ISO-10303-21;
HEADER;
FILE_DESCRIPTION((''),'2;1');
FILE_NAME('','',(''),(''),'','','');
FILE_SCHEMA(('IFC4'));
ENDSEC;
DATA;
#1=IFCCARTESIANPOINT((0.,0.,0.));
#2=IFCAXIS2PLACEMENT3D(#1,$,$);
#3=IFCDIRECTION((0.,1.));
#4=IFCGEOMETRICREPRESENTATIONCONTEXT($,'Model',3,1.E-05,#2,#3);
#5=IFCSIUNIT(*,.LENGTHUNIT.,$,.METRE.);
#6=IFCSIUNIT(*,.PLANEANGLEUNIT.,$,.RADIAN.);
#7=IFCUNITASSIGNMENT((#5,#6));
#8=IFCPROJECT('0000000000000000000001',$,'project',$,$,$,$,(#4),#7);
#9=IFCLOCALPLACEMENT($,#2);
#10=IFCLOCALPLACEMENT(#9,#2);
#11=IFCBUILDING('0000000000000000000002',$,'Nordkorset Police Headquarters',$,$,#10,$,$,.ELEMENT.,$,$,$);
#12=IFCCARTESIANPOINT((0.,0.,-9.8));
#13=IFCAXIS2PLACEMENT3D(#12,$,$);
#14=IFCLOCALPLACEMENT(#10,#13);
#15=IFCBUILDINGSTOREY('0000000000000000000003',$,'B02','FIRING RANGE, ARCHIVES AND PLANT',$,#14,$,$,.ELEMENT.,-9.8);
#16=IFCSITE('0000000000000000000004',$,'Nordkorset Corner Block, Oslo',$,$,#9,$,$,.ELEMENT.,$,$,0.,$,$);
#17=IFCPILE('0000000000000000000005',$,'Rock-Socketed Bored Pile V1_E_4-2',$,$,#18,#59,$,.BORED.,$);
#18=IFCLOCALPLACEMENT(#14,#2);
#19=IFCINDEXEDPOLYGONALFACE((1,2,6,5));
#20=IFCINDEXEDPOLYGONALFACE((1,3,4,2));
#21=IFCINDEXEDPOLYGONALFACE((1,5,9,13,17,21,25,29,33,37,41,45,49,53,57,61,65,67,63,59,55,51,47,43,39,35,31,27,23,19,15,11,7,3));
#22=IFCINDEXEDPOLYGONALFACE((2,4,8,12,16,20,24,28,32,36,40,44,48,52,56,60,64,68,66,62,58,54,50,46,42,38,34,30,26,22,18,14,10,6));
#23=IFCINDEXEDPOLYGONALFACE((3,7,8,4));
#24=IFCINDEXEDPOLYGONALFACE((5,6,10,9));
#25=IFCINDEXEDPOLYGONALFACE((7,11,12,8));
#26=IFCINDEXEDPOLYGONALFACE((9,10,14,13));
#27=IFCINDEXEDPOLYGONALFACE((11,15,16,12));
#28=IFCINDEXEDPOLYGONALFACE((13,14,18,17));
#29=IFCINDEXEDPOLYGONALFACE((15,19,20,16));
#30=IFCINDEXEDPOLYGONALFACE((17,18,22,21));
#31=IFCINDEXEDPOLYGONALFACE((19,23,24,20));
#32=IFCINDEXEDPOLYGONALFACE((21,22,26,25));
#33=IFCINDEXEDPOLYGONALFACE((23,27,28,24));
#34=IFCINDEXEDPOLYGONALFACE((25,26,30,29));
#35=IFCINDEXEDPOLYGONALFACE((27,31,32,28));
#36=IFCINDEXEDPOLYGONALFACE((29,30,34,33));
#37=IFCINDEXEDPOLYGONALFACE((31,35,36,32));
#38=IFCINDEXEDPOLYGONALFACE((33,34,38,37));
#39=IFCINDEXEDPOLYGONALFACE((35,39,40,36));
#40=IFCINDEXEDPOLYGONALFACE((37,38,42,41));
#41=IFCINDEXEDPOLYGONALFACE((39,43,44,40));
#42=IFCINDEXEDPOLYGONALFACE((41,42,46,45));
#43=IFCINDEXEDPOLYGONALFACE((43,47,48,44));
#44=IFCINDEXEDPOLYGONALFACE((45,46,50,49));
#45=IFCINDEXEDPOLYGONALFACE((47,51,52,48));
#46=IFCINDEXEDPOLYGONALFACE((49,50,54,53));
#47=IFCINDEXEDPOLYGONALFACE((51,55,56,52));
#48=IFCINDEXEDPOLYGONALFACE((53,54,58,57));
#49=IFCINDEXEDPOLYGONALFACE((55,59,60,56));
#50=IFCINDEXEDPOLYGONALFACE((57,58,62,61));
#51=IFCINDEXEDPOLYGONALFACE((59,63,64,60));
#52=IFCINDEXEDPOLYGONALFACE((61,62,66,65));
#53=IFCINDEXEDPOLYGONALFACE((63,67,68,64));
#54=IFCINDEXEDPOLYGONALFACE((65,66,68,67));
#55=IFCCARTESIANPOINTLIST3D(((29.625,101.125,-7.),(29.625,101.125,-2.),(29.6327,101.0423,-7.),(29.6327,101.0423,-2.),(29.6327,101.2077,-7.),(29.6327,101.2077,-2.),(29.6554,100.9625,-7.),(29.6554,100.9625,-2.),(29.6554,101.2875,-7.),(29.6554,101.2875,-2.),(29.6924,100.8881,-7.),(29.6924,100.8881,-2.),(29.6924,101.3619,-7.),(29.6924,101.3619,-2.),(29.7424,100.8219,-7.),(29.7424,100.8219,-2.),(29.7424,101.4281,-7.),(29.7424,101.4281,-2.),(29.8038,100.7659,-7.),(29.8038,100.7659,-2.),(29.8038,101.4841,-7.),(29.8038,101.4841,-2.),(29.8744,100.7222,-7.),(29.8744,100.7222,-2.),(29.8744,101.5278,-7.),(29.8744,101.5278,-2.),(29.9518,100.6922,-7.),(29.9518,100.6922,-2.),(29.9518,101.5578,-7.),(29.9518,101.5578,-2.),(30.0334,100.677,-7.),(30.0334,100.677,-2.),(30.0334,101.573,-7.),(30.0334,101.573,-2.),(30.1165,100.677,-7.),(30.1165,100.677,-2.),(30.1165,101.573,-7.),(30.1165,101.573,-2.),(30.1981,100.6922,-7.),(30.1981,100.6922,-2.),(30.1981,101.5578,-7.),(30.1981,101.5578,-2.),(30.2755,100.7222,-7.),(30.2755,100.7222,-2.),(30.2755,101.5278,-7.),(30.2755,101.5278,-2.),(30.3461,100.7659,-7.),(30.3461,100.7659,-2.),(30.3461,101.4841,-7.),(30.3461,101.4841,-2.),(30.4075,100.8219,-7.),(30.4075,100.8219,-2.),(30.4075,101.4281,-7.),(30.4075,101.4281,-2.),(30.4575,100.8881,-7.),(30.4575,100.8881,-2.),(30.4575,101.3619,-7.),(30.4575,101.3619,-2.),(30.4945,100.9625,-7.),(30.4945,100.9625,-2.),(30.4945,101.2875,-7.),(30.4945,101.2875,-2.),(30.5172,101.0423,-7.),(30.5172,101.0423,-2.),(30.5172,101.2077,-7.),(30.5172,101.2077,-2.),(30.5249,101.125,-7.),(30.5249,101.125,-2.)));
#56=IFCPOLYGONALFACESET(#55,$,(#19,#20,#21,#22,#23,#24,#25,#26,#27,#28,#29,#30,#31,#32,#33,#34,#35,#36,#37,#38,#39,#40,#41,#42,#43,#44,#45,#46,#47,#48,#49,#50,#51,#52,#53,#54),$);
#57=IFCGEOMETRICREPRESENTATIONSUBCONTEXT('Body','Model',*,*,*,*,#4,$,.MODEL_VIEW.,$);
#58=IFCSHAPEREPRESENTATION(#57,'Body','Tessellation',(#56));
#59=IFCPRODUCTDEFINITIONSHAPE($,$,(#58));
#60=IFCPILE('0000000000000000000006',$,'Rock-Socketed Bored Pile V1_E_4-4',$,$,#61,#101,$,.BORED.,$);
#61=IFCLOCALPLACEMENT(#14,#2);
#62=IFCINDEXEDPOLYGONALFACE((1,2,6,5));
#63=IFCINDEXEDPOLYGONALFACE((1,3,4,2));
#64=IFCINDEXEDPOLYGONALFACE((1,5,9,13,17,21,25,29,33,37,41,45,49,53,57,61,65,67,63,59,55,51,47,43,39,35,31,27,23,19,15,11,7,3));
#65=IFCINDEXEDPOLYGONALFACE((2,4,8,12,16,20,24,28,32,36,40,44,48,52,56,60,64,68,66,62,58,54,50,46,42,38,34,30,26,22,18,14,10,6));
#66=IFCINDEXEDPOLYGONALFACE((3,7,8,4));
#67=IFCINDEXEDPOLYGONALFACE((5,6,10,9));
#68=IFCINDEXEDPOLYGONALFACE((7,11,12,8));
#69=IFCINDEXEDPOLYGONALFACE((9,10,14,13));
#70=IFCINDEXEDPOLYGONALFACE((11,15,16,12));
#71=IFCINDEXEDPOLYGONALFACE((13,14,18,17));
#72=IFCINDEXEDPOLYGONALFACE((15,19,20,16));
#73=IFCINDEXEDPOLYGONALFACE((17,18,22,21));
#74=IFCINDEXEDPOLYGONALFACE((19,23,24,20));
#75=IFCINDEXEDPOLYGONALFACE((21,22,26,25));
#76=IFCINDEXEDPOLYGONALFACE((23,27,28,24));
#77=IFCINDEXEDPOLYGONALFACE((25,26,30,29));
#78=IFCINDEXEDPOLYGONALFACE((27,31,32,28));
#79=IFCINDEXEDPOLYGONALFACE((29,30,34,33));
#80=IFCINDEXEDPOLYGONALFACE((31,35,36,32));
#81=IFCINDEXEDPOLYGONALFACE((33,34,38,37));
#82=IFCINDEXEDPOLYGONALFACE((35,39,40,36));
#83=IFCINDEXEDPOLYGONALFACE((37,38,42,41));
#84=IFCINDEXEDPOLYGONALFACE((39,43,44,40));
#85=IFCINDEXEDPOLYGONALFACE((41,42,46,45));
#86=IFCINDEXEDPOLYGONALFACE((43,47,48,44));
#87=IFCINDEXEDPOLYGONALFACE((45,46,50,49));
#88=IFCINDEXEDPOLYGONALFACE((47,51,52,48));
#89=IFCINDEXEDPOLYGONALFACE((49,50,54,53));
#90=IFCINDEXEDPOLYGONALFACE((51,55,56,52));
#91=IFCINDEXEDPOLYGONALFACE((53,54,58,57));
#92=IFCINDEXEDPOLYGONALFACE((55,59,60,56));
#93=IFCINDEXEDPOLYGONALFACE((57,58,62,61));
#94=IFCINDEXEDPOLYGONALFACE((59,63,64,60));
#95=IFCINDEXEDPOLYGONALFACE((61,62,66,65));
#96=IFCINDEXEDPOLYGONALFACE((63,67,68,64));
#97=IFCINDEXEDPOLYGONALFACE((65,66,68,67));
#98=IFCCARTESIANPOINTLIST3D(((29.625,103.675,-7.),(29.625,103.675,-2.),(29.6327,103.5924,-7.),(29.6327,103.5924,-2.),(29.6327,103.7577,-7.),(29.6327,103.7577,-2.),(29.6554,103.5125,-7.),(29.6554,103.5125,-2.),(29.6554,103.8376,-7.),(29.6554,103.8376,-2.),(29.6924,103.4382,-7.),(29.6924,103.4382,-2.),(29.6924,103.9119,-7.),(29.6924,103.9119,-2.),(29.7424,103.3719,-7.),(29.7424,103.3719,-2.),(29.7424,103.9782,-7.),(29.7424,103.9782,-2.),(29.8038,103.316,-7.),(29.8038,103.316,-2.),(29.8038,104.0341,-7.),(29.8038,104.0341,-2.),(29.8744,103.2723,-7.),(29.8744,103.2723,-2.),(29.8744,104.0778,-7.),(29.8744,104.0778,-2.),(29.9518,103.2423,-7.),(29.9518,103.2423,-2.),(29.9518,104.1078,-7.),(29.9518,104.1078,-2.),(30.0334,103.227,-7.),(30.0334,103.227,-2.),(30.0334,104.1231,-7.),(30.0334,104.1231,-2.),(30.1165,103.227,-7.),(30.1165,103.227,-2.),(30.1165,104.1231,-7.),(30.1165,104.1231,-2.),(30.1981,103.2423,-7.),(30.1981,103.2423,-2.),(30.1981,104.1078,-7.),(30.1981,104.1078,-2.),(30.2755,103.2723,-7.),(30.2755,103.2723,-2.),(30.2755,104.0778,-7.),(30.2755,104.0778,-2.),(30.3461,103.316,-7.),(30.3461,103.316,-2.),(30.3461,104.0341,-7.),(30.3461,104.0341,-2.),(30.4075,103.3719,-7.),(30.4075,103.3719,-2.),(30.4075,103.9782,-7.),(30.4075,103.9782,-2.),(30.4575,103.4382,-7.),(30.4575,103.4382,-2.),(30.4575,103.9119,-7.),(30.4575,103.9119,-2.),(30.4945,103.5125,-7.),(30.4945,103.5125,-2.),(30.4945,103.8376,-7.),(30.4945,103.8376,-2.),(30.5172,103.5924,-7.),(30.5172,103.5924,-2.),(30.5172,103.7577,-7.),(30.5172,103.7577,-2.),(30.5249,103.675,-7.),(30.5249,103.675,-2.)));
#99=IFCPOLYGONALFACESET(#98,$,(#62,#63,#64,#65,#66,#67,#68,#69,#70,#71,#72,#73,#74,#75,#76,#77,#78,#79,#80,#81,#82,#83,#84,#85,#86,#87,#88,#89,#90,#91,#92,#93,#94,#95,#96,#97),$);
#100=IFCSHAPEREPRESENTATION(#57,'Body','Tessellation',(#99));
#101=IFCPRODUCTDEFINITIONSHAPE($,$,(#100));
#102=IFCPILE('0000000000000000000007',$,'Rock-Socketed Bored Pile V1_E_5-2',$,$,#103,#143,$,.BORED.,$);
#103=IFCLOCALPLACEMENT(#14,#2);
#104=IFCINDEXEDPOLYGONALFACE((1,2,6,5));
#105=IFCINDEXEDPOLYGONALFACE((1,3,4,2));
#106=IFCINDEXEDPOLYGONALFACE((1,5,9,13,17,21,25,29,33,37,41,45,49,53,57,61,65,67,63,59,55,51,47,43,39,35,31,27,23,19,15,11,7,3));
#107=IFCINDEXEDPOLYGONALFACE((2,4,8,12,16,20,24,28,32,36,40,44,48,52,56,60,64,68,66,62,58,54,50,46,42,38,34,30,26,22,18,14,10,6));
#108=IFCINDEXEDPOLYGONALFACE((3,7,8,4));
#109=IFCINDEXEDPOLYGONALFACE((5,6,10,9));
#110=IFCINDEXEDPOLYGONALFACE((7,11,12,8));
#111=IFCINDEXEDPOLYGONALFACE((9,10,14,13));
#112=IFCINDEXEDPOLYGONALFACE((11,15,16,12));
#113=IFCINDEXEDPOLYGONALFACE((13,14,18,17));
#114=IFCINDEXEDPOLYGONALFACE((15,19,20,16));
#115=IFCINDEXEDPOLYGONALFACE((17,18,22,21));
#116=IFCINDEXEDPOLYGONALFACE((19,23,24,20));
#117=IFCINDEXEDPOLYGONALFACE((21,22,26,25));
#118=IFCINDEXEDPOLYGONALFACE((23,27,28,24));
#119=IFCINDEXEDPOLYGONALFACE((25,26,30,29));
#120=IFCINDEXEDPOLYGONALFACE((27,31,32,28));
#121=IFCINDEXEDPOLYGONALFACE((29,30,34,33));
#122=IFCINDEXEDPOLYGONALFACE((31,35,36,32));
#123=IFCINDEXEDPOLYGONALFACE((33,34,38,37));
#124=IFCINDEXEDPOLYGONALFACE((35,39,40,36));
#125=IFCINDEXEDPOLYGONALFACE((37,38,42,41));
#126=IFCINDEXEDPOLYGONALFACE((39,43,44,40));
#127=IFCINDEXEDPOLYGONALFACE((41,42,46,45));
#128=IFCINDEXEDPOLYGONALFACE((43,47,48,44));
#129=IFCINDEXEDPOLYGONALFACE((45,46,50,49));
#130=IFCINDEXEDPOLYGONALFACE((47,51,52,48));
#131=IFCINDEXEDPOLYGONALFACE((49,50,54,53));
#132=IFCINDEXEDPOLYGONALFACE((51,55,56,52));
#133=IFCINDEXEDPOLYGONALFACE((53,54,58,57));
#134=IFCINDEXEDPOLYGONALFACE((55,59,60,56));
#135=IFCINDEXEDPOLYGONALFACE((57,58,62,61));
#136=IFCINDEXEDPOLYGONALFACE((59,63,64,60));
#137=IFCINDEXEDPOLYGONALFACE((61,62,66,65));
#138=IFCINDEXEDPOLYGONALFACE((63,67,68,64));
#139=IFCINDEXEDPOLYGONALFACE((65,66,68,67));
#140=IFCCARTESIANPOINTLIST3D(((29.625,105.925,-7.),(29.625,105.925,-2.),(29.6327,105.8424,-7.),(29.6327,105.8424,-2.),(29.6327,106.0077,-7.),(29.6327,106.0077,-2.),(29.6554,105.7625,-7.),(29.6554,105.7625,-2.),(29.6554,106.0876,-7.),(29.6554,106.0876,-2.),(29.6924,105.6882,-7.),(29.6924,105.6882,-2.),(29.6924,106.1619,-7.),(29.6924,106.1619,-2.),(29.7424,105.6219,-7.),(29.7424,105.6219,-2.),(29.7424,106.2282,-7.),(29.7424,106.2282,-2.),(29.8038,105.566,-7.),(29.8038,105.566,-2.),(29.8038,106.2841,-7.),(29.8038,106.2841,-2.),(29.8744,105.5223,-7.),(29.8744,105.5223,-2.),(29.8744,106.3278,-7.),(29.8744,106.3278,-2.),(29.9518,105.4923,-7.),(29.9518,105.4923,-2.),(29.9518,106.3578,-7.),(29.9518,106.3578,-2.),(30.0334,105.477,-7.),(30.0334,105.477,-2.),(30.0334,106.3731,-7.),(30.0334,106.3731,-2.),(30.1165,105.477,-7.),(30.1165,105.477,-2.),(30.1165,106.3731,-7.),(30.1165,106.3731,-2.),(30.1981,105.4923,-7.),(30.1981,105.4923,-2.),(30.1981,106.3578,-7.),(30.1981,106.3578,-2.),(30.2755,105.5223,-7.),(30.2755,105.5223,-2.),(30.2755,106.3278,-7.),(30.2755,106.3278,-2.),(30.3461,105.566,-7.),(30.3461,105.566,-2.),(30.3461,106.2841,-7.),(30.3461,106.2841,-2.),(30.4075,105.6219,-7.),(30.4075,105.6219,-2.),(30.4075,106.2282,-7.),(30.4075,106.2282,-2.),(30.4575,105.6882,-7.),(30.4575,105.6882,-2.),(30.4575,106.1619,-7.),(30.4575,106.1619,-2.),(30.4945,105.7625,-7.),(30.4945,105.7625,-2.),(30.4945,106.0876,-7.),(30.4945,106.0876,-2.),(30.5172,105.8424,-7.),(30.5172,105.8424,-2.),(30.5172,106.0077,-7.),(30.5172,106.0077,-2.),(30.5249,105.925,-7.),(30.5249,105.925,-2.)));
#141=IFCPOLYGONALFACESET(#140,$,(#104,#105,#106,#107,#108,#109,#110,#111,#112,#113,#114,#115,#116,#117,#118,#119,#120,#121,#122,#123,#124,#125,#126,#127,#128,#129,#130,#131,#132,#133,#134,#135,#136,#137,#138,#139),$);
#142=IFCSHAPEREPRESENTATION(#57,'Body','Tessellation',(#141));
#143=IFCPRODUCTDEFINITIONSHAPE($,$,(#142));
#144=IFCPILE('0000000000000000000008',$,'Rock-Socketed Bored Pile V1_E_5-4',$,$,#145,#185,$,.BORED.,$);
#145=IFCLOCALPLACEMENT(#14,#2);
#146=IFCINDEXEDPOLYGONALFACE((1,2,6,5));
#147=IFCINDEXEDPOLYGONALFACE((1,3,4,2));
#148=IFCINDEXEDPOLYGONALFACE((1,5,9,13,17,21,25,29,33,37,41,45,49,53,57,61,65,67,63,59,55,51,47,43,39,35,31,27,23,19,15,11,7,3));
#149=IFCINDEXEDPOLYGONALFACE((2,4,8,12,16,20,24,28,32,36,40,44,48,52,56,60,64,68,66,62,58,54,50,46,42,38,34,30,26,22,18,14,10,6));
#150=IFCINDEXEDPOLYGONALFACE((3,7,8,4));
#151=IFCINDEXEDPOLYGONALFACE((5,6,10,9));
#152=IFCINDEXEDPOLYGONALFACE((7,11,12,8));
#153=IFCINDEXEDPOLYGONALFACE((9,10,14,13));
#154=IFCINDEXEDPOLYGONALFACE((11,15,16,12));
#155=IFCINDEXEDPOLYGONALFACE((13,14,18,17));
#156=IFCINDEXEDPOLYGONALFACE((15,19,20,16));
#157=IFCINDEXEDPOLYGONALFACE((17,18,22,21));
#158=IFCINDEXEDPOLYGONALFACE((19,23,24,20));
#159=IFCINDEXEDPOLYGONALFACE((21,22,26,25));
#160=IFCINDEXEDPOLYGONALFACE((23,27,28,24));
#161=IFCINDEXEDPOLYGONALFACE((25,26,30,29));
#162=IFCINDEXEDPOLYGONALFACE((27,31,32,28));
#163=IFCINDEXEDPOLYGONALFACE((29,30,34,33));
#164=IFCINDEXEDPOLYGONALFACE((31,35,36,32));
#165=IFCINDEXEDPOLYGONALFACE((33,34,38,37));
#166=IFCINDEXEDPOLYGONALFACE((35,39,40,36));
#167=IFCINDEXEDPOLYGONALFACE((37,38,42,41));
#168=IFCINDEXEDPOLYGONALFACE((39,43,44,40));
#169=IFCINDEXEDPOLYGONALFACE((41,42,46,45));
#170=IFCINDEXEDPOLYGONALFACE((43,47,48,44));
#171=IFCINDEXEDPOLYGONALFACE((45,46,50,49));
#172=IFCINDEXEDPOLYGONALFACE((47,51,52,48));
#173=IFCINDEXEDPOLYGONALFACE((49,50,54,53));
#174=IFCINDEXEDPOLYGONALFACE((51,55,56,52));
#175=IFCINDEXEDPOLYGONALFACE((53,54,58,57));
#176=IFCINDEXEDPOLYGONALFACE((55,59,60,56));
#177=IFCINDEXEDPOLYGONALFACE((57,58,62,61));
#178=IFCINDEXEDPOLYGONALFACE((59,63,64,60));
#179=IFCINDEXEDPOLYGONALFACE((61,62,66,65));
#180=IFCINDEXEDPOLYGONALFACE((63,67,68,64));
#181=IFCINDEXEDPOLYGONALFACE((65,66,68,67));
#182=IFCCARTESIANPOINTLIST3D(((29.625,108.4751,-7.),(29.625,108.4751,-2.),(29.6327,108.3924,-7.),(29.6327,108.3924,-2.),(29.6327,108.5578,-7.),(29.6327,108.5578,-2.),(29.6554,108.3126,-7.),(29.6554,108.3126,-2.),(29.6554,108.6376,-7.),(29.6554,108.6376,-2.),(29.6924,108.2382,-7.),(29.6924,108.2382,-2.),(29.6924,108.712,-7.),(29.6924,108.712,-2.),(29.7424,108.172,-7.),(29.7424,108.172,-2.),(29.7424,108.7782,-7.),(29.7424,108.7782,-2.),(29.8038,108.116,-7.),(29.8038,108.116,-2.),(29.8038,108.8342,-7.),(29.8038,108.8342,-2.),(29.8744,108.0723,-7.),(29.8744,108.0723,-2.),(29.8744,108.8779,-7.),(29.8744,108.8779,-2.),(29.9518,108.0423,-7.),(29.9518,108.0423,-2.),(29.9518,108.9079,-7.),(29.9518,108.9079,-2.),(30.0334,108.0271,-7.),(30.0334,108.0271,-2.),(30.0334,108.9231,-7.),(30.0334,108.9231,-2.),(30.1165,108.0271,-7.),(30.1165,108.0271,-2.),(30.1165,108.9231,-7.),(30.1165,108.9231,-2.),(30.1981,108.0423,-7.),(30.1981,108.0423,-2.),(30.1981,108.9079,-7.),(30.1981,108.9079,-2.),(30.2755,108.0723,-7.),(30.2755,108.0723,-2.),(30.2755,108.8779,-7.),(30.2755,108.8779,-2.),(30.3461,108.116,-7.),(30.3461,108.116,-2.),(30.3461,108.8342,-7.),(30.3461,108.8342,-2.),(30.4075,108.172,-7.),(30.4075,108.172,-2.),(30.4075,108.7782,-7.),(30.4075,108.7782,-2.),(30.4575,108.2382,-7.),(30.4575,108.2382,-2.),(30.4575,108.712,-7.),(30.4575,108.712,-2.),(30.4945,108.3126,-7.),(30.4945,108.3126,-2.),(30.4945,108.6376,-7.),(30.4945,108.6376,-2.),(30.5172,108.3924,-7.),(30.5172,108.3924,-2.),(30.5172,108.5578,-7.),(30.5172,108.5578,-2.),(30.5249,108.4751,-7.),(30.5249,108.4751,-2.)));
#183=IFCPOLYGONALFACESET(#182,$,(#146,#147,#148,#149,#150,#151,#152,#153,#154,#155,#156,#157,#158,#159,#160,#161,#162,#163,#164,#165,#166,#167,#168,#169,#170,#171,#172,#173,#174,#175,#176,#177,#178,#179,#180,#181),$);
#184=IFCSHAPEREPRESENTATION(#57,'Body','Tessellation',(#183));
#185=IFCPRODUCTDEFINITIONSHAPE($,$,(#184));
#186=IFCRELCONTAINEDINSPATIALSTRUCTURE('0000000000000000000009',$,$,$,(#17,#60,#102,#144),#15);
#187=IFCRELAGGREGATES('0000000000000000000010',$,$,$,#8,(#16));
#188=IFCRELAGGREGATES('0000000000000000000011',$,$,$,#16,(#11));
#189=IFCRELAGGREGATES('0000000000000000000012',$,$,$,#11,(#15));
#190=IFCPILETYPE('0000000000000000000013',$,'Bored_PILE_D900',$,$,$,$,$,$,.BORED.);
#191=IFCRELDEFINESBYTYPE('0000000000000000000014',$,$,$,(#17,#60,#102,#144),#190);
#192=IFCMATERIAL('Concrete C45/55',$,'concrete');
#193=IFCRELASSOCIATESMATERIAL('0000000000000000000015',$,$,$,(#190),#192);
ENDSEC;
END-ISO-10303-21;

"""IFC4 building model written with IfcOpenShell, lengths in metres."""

from ifc_helpers import new_model, si_unit, direction, frame, origin, origin_2d, place, context, subcontext, project, spatial, circle, extrude, material, material_profile, profile_set, type_object, element, save


model = new_model("IFC4")

# Units and contexts
model_context = context("Model", 3, precision=1e-05, world=origin(), true_north=direction((0.0, 1.0)))
body_context = subcontext(model_context, "Body", "Model", "MODEL_VIEW")
ifc_project = project(units=[si_unit("LENGTHUNIT", "METRE"), si_unit("PLANEANGLEUNIT", "RADIAN")], contexts=[model_context])

# Site, building, storey
site_placement = place(None, origin())
site = spatial("IfcSite", under=ifc_project, at=site_placement, Name="Nordkorset Corner Block, Oslo", CompositionType="ELEMENT", RefElevation=0.0)
building_placement = place(site_placement, origin())
building = spatial("IfcBuilding", under=site, at=building_placement, Name="Nordkorset Police Headquarters", CompositionType="ELEMENT")
storey_placement = place(building_placement, frame((0.0, 0.0, -9.8)))
storey = spatial("IfcBuildingStorey", under=building, at=storey_placement, Name="B02", Description="FIRING RANGE, ARCHIVES AND PLANT", CompositionType="ELEMENT", Elevation=-9.8)

# Piles
ifc_material_1 = material(Name="Concrete C45/55", Category="concrete")
ifc_material_profile_1 = material_profile(ifc_material_1, circle(Radius=0.45, at=origin_2d()), Name="PILE D900")
ifc_profile_set_1 = profile_set([ifc_material_profile_1], Name="Concrete C45/55")
pile_type = type_object("IfcPileType", Name="Bored_PILE_D900", PredefinedType="BORED", material=ifc_profile_set_1)
for number, where, z_axis, x_axis, name in (
    (1, (30.075, 101.125, -2.0), (0.0, 0.0, -1.0), (1.0, 0.0, 0.0), "Rock-Socketed Bored Pile V1_E_4-2"),
    (2, (30.075, 103.675, -2.0), (0.0, 0.0, -1.0), (1.0, 0.0, 0.0), "Rock-Socketed Bored Pile V1_E_4-4"),
    (3, (30.075, 105.925, -2.0), (0.0, 0.0, -1.0), (1.0, 0.0, 0.0), "Rock-Socketed Bored Pile V1_E_5-2"),
    (4, (30.075, 108.4751, -2.0), (0.0, 0.0, -1.0), (1.0, 0.0, 0.0), "Rock-Socketed Bored Pile V1_E_5-4"),
):
    element("IfcPile", number, at=place(storey_placement, frame(where, z_axis=z_axis, x_axis=x_axis)), inside=storey, type_object=pile_type, Name=name, PredefinedType="BORED", context=body_context, shape_type="SweptSolid", body=[
        extrude(circle(Radius=0.45, at=origin_2d()), origin(), (0.0, 0.0, 1.0), 5.0),
    ])

save(model, "model.ifc")
